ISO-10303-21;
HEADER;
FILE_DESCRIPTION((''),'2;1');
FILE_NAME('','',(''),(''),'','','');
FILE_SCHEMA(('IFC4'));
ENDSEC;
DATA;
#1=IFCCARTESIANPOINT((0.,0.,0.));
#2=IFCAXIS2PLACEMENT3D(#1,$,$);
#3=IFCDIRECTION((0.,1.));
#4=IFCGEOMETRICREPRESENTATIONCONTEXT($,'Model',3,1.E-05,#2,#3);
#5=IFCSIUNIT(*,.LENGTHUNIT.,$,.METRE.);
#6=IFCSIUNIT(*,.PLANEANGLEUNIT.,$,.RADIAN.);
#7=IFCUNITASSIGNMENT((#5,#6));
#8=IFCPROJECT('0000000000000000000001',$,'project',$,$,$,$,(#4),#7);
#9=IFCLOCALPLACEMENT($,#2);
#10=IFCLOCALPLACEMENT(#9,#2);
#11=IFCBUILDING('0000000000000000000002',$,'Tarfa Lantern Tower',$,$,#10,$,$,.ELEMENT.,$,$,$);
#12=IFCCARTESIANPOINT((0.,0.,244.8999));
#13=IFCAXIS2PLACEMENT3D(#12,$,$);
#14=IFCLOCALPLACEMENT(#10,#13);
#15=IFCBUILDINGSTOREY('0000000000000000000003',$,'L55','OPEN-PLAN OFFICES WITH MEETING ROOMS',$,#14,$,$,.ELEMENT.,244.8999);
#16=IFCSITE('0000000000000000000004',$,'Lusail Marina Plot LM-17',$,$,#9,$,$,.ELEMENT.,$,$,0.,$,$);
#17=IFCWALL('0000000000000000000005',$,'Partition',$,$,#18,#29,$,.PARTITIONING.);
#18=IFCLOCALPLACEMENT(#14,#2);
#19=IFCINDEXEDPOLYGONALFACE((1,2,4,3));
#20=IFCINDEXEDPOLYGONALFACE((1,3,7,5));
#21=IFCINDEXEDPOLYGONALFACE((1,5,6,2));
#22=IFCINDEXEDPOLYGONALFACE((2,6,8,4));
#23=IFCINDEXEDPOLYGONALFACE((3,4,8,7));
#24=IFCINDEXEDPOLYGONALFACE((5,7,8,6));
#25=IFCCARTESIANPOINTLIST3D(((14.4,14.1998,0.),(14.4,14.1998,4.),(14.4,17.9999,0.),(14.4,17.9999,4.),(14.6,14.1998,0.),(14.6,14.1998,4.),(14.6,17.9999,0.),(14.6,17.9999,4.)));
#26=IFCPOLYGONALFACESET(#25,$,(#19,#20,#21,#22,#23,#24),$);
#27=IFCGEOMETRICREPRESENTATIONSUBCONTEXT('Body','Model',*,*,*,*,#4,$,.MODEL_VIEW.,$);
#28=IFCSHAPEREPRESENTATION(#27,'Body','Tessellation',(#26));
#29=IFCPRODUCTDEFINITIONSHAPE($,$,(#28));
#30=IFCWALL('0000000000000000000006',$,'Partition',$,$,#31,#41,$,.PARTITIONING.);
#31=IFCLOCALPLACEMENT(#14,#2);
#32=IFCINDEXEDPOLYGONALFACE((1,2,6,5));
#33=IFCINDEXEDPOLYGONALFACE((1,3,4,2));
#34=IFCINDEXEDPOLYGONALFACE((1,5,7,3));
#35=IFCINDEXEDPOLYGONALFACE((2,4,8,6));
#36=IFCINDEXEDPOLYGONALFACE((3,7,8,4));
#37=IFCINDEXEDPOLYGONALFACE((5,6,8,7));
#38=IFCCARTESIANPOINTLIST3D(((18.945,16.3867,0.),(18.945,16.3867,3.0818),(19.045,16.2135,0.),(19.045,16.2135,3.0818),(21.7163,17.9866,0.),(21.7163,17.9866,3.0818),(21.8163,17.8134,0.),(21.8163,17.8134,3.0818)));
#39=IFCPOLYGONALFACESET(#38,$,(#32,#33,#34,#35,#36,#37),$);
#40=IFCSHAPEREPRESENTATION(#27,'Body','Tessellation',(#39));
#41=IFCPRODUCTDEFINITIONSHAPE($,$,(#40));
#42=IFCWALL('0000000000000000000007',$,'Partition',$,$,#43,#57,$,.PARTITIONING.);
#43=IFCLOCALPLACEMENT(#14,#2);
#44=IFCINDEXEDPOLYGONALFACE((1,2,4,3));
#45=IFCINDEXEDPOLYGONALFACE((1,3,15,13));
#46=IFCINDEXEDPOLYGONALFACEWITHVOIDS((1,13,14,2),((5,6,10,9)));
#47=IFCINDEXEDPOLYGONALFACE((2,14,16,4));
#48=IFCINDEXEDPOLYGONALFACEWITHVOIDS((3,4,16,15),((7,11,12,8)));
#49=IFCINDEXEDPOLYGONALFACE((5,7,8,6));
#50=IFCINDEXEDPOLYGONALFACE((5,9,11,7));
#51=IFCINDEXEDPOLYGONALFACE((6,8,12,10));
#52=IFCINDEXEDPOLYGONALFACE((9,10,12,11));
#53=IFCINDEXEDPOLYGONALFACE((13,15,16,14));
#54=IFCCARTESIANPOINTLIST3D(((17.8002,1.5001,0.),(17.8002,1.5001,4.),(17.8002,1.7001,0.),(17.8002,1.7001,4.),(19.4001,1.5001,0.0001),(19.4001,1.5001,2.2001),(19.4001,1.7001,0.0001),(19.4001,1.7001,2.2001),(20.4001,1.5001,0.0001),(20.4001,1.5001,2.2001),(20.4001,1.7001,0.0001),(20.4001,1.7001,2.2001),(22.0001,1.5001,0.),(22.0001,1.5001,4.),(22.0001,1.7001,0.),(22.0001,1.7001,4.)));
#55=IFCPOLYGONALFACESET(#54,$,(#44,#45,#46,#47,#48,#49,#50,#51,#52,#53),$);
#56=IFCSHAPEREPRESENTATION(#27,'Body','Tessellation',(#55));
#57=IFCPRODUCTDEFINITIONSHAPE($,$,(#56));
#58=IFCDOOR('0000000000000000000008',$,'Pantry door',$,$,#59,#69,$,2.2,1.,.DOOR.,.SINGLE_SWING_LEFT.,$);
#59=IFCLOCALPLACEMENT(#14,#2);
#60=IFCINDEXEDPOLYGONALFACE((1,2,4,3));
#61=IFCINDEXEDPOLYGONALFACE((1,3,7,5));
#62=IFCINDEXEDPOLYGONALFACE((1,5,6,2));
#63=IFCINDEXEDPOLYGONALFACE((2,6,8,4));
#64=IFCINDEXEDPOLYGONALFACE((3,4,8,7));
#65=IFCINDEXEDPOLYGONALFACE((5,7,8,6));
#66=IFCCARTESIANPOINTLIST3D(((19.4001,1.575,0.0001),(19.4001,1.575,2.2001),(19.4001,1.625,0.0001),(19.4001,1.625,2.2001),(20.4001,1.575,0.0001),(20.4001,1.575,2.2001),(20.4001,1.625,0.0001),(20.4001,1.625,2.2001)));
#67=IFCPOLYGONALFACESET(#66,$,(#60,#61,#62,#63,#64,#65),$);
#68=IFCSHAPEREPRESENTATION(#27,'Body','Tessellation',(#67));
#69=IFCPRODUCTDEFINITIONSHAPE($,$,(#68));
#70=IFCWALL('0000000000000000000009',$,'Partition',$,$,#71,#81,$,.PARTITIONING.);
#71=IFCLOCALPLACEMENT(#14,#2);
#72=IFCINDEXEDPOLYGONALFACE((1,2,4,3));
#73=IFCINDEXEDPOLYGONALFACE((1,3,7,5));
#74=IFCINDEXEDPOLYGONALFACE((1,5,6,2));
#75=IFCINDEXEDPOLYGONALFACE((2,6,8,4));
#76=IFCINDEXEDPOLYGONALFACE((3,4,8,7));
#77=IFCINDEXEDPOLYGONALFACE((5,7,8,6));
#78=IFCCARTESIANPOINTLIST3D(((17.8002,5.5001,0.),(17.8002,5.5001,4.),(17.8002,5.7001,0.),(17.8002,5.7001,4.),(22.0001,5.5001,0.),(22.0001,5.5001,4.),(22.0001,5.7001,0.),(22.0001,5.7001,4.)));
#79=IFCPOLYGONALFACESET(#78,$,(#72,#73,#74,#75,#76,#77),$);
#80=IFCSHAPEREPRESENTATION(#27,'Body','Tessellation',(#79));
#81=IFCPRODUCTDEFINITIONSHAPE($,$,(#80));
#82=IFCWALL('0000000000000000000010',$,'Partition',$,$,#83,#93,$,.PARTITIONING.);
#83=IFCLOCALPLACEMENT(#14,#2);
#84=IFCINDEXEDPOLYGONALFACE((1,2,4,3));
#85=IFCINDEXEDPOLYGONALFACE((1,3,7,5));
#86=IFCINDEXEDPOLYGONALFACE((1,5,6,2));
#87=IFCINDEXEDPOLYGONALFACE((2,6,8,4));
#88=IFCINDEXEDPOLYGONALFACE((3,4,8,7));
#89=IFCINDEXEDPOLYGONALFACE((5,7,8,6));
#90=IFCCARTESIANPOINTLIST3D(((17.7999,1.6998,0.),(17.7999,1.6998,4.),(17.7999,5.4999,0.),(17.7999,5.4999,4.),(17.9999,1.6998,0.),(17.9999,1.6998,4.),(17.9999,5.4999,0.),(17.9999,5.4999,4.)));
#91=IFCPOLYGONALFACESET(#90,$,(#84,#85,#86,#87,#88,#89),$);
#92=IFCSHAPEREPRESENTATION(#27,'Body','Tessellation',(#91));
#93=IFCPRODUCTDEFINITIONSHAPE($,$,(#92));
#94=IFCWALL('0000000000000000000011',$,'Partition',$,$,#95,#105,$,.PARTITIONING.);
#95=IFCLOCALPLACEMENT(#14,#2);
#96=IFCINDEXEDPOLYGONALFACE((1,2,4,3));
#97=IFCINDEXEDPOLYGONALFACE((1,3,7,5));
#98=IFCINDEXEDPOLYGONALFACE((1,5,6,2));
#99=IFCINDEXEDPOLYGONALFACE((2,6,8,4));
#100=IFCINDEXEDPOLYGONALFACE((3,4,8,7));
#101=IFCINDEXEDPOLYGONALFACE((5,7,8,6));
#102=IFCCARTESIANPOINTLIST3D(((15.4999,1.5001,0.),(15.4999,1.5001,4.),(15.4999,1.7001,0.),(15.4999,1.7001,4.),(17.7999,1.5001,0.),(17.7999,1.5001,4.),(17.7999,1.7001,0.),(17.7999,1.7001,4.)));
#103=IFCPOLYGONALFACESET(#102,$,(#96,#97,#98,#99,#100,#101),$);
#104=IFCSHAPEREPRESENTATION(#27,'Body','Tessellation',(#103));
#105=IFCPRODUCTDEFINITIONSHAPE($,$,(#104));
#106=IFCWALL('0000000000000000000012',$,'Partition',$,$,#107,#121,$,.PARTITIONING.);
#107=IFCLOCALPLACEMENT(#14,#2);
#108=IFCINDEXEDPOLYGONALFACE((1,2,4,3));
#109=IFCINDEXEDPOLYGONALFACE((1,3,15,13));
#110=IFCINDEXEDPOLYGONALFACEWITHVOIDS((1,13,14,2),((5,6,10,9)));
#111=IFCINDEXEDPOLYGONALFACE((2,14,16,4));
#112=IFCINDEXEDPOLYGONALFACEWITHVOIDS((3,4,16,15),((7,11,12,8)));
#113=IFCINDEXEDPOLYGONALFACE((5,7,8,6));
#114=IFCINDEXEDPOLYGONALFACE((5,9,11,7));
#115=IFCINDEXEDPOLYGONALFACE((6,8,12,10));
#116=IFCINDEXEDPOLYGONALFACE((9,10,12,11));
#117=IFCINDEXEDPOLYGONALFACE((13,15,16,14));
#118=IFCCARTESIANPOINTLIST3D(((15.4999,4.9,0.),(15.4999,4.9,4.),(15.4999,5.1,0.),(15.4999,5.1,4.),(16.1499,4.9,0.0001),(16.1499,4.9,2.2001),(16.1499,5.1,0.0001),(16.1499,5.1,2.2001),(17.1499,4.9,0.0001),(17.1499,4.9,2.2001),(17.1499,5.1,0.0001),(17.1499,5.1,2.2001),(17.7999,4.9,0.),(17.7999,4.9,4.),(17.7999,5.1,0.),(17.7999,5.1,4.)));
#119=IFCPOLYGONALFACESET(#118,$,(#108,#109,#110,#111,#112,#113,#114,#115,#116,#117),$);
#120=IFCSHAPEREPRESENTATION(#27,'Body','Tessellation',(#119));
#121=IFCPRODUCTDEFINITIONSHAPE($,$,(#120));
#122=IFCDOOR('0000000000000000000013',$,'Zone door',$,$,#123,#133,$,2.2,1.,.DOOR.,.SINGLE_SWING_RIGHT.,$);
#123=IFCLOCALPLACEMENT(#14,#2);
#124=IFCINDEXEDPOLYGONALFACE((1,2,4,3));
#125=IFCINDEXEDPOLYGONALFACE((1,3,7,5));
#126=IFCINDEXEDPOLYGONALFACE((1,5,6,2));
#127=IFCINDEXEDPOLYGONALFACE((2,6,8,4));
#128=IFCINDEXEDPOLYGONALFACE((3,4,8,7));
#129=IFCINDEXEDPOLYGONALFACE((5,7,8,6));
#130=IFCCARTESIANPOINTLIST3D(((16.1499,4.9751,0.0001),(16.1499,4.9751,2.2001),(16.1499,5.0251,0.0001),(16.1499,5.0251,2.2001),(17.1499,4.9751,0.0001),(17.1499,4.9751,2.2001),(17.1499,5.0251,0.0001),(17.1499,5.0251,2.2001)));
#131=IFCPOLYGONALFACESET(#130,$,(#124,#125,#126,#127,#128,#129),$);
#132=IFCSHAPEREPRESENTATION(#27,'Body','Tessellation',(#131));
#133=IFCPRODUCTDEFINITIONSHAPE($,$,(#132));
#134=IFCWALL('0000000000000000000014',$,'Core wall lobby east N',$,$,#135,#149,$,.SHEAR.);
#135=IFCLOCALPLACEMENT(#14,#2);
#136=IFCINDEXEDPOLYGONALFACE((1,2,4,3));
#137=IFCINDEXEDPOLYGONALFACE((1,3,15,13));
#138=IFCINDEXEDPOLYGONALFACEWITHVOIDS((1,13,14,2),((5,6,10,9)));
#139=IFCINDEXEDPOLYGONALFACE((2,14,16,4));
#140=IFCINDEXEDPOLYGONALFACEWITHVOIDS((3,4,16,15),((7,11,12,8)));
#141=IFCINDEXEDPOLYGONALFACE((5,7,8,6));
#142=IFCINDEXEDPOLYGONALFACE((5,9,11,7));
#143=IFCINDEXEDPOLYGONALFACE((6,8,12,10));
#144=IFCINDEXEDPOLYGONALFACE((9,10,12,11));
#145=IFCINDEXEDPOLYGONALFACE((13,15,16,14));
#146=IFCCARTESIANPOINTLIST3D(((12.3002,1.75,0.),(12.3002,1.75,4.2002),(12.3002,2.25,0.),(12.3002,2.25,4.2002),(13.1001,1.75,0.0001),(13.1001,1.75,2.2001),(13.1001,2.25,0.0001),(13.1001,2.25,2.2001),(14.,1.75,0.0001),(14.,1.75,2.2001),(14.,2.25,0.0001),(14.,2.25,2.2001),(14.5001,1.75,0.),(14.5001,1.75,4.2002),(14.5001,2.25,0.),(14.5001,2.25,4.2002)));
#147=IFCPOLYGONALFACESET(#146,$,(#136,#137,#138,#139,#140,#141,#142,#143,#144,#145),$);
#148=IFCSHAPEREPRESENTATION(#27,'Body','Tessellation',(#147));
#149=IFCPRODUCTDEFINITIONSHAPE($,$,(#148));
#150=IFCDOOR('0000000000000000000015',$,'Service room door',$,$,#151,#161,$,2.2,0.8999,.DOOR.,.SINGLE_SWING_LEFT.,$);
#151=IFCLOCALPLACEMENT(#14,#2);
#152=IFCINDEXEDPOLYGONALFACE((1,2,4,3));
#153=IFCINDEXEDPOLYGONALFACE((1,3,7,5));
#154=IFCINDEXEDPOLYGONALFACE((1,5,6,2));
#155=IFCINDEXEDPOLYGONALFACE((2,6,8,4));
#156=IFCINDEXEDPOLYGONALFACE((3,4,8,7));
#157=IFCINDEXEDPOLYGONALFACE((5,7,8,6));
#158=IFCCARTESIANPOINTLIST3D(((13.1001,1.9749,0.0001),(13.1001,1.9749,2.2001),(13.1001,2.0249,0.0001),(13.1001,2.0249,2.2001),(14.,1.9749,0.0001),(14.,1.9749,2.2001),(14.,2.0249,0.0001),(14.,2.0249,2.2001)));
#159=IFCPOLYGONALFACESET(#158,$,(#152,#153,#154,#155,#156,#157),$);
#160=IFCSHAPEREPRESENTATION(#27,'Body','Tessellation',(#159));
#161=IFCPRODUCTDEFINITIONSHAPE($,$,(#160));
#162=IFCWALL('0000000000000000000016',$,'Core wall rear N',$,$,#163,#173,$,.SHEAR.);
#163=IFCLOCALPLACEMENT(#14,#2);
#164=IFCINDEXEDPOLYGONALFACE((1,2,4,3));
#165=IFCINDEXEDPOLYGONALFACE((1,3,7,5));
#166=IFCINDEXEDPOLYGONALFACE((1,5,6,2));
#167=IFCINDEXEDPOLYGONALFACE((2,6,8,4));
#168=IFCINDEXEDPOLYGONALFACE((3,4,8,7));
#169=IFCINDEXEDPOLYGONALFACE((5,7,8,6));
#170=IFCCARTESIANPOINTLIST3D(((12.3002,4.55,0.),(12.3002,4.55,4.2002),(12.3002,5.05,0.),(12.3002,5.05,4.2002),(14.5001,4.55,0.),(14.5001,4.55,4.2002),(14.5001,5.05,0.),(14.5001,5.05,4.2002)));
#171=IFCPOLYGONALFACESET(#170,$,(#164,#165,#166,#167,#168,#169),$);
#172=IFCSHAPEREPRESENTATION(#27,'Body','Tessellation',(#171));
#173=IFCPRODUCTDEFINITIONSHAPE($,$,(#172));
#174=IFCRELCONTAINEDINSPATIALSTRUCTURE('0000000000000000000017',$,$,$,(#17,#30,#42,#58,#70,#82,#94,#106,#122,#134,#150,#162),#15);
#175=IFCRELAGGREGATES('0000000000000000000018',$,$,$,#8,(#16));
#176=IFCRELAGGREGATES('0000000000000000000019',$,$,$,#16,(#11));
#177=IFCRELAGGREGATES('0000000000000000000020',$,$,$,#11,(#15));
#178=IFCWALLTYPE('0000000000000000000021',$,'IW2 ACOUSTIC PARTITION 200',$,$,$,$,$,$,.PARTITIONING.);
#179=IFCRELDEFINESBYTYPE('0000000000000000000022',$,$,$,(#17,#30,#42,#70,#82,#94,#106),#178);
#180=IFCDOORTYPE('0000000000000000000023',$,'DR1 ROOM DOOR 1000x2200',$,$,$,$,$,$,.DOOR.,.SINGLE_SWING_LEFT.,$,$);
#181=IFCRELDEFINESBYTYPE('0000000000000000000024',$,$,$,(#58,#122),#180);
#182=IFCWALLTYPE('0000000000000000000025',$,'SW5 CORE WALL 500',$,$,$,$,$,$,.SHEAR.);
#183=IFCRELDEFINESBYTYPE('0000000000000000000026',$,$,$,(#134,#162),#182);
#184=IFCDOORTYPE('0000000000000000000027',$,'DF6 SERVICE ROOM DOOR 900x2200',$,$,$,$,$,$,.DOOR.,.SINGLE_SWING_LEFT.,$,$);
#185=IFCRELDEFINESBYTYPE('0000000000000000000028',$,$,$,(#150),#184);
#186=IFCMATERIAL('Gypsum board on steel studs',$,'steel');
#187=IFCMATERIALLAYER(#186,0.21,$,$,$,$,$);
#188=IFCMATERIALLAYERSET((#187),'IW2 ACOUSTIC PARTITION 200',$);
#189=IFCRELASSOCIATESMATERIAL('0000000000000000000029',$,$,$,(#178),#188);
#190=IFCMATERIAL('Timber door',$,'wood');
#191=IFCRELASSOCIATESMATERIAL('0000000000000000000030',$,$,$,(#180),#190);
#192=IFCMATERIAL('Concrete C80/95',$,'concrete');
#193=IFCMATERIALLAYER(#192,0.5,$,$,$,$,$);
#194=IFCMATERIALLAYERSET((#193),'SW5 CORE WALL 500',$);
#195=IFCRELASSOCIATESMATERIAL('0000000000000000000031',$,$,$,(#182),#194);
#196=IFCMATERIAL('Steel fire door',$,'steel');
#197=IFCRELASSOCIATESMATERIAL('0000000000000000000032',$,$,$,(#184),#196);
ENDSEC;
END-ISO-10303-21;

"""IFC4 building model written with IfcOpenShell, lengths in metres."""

from ifc_helpers import new_model, si_unit, direction, frame, frame_2d, origin, place, context, subcontext, project, spatial, rectangle, extrude, material, layer, layer_set, type_object, element, fill, save


model = new_model("IFC4")

# Units and contexts
model_context = context("Model", 3, precision=1e-05, world=origin(), true_north=direction((0.0, 1.0)))
body_context = subcontext(model_context, "Body", "Model", "MODEL_VIEW")
ifc_project = project(units=[si_unit("LENGTHUNIT", "METRE"), si_unit("PLANEANGLEUNIT", "RADIAN")], contexts=[model_context])

# Site, building, storey
site_placement = place(None, origin())
site = spatial("IfcSite", under=ifc_project, at=site_placement, Name="Lusail Marina Plot LM-17", CompositionType="ELEMENT", RefElevation=0.0)
building_placement = place(site_placement, origin())
building = spatial("IfcBuilding", under=site, at=building_placement, Name="Tarfa Lantern Tower", CompositionType="ELEMENT")
storey_placement = place(building_placement, frame((0.0, 0.0, 244.8999)))
storey = spatial("IfcBuildingStorey", under=building, at=storey_placement, Name="L55", Description="OPEN-PLAN OFFICES WITH MEETING ROOMS", CompositionType="ELEMENT", Elevation=244.8999)

# Shared definitions
ifc_material_1 = material(Name="Concrete C80/95", Category="concrete")

# Walls
ifc_material_2 = material(Name="Gypsum board on steel studs", Category="steel")
ifc_layer_1 = layer(ifc_material_2, 0.21)
ifc_layer_set_1 = layer_set([ifc_layer_1], Name="IW2 ACOUSTIC PARTITION 200")
wall_type_1 = type_object("IfcWallType", Name="IW2 ACOUSTIC PARTITION 200", PredefinedType="PARTITIONING", material=ifc_layer_set_1)
wall_1_placement = place(storey_placement, frame((14.5, 14.2, 0.0), z_axis=(0.0, 0.0, 1.0), x_axis=(0.0, 1.0, 0.0)))
element("IfcWall", 1, at=wall_1_placement, inside=storey, type_object=wall_type_1, Name="Partition", PredefinedType="PARTITIONING", context=body_context, shape_type="SweptSolid", body=[
    extrude(rectangle(XDim=3.8, YDim=0.2, at=frame_2d((1.8999, 0.0))), origin(), (0.0, 0.0, 1.0), 4.0),
])
wall_2_placement = place(storey_placement, frame((18.9949, 16.3, 0.0), z_axis=(0.0, 0.0, 1.0), x_axis=(0.866042, 0.499971, 0.0)))
element("IfcWall", 2, at=wall_2_placement, inside=storey, type_object=wall_type_1, Name="Partition", PredefinedType="PARTITIONING", context=body_context, shape_type="SweptSolid", body=[
    extrude(rectangle(XDim=3.2, YDim=0.2, at=frame_2d((1.6001, 0.0))), origin(), (0.0, 0.0, 1.0), 3.0818),
])

# Wall, opening, door
wall_3_placement = place(storey_placement, frame((17.8, 1.6001, 0.0), z_axis=(0.0, 0.0, 1.0), x_axis=(1.0, 0.0, 0.0)))
wall_3 = element("IfcWall", 3, at=wall_3_placement, inside=storey, type_object=wall_type_1, Name="Partition", PredefinedType="PARTITIONING", context=body_context, shape_type="SweptSolid", body=[
    extrude(rectangle(XDim=4.2, YDim=0.2, at=frame_2d((2.1001, 0.0))), origin(), (0.0, 0.0, 1.0), 4.0),
])
opening_1_placement = place(wall_3_placement, frame((1.6001, 0.0, 0.0)))
opening_1 = element("IfcOpeningElement", 4, at=opening_1_placement, cuts=wall_3, PredefinedType="OPENING", context=body_context, shape_type="SweptSolid", body=[
    extrude(rectangle(XDim=1.0, YDim=2.2, at=frame_2d((0.5, 1.1001))), frame((0.0, 0.1099, 0.0), z_axis=(0.0, -1.0, 0.0), x_axis=(1.0, 0.0, 0.0)), (0.0, 0.0, 1.0), 0.22),
])
ifc_material_3 = material(Name="Timber door", Category="wood")
door_type_1 = type_object("IfcDoorType", Name="DR1 ROOM DOOR 1000x2200", OperationType="SINGLE_SWING_LEFT", PredefinedType="DOOR", material=ifc_material_3)
door_1_placement = place(opening_1_placement, origin())
door_1 = element("IfcDoor", 5, at=door_1_placement, inside=storey, type_object=door_type_1, Name="Pantry door", OperationType="SINGLE_SWING_LEFT", OverallHeight=2.2, OverallWidth=1.0, PredefinedType="DOOR", context=body_context, shape_type="SweptSolid", body=[
    extrude(rectangle(XDim=1.0, YDim=2.2, at=frame_2d((0.5, 1.1001))), frame((0.0, 0.0249, 0.0), z_axis=(0.0, -1.0, 0.0), x_axis=(1.0, 0.0, 0.0)), (0.0, 0.0, 1.0), 0.05),
])
fill(opening_1, door_1)

# Walls
wall_4_placement = place(storey_placement, frame((17.8, 5.6001, 0.0), z_axis=(0.0, 0.0, 1.0), x_axis=(1.0, 0.0, 0.0)))
element("IfcWall", 6, at=wall_4_placement, inside=storey, type_object=wall_type_1, Name="Partition", PredefinedType="PARTITIONING", context=body_context, shape_type="SweptSolid", body=[
    extrude(rectangle(XDim=4.2, YDim=0.2, at=frame_2d((2.1001, 0.0))), origin(), (0.0, 0.0, 1.0), 4.0),
])
wall_5_placement = place(storey_placement, frame((17.8999, 1.7, 0.0), z_axis=(0.0, 0.0, 1.0), x_axis=(0.0, 1.0, 0.0)))
element("IfcWall", 7, at=wall_5_placement, inside=storey, type_object=wall_type_1, Name="Partition", PredefinedType="PARTITIONING", context=body_context, shape_type="SweptSolid", body=[
    extrude(rectangle(XDim=3.8, YDim=0.2, at=frame_2d((1.8999, 0.0))), origin(), (0.0, 0.0, 1.0), 4.0),
])
wall_6_placement = place(storey_placement, frame((15.5, 1.6001, 0.0), z_axis=(0.0, 0.0, 1.0), x_axis=(1.0, 0.0, 0.0)))
element("IfcWall", 8, at=wall_6_placement, inside=storey, type_object=wall_type_1, Name="Partition", PredefinedType="PARTITIONING", context=body_context, shape_type="SweptSolid", body=[
    extrude(rectangle(XDim=2.3, YDim=0.2, at=frame_2d((1.1499, 0.0))), origin(), (0.0, 0.0, 1.0), 4.0),
])

# Walls, openings, doors
wall_7_placement = place(storey_placement, frame((15.5, 5.0, 0.0), z_axis=(0.0, 0.0, 1.0), x_axis=(1.0, 0.0, 0.0)))
wall_7 = element("IfcWall", 9, at=wall_7_placement, inside=storey, type_object=wall_type_1, Name="Partition", PredefinedType="PARTITIONING", context=body_context, shape_type="SweptSolid", body=[
    extrude(rectangle(XDim=2.3, YDim=0.2, at=frame_2d((1.1499, 0.0))), origin(), (0.0, 0.0, 1.0), 4.0),
])
opening_2_placement = place(wall_7_placement, frame((0.6499, 0.0, 0.0)))
opening_2 = element("IfcOpeningElement", 10, at=opening_2_placement, cuts=wall_7, PredefinedType="OPENING", context=body_context, shape_type="SweptSolid", body=[
    extrude(rectangle(XDim=1.0, YDim=2.2, at=frame_2d((0.5, 1.1001))), frame((0.0, 0.1099, 0.0), z_axis=(0.0, -1.0, 0.0), x_axis=(1.0, 0.0, 0.0)), (0.0, 0.0, 1.0), 0.22),
])
door_2_placement = place(opening_2_placement, frame((1.0, 0.0, 0.0), z_axis=(0.0, 0.0, 1.0), x_axis=(-1.0, 0.0, 0.0)))
door_2 = element("IfcDoor", 11, at=door_2_placement, inside=storey, type_object=door_type_1, Name="Zone door", OperationType="SINGLE_SWING_RIGHT", OverallHeight=2.2, OverallWidth=1.0, PredefinedType="DOOR", context=body_context, shape_type="SweptSolid", body=[
    extrude(rectangle(XDim=1.0, YDim=2.2, at=frame_2d((0.5, 1.1001))), frame((0.0, 0.0249, 0.0), z_axis=(0.0, -1.0, 0.0), x_axis=(1.0, 0.0, 0.0)), (0.0, 0.0, 1.0), 0.05),
])
fill(opening_2, door_2)
ifc_layer_2 = layer(ifc_material_1, 0.5)
ifc_layer_set_2 = layer_set([ifc_layer_2], Name="SW5 CORE WALL 500")
wall_type_2 = type_object("IfcWallType", Name="SW5 CORE WALL 500", PredefinedType="SHEAR", material=ifc_layer_set_2)
wall_8_placement = place(storey_placement, frame((12.3, 2.0, 0.0), z_axis=(0.0, 0.0, 1.0), x_axis=(1.0, 0.0, 0.0)))
wall_8 = element("IfcWall", 12, at=wall_8_placement, inside=storey, type_object=wall_type_2, Name="Core wall lobby east N", PredefinedType="SHEAR", context=body_context, shape_type="SweptSolid", body=[
    extrude(rectangle(XDim=2.2, YDim=0.5, at=frame_2d((1.1001, 0.0))), origin(), (0.0, 0.0, 1.0), 4.2002),
])
opening_3_placement = place(wall_8_placement, frame((0.8, 0.0, 0.0)))
opening_3 = element("IfcOpeningElement", 13, at=opening_3_placement, cuts=wall_8, PredefinedType="OPENING", context=body_context, shape_type="SweptSolid", body=[
    extrude(rectangle(XDim=0.8999, YDim=2.2, at=frame_2d((0.45, 1.1001))), frame((0.0, 0.26, 0.0), z_axis=(0.0, -1.0, 0.0), x_axis=(1.0, 0.0, 0.0)), (0.0, 0.0, 1.0), 0.52),
])
ifc_material_4 = material(Name="Steel fire door", Category="steel")
door_type_2 = type_object("IfcDoorType", Name="DF6 SERVICE ROOM DOOR 900x2200", OperationType="SINGLE_SWING_LEFT", PredefinedType="DOOR", material=ifc_material_4)
door_3_placement = place(opening_3_placement, origin())
door_3 = element("IfcDoor", 14, at=door_3_placement, inside=storey, type_object=door_type_2, Name="Service room door", OperationType="SINGLE_SWING_LEFT", OverallHeight=2.2, OverallWidth=0.8999, PredefinedType="DOOR", context=body_context, shape_type="SweptSolid", body=[
    extrude(rectangle(XDim=0.8999, YDim=2.2, at=frame_2d((0.45, 1.1001))), frame((0.0, 0.0249, 0.0), z_axis=(0.0, -1.0, 0.0), x_axis=(1.0, 0.0, 0.0)), (0.0, 0.0, 1.0), 0.05),
])
fill(opening_3, door_3)

# Wall
wall_9_placement = place(storey_placement, frame((12.3, 4.8, 0.0), z_axis=(0.0, 0.0, 1.0), x_axis=(1.0, 0.0, 0.0)))
element("IfcWall", 15, at=wall_9_placement, inside=storey, type_object=wall_type_2, Name="Core wall rear N", PredefinedType="SHEAR", context=body_context, shape_type="SweptSolid", body=[
    extrude(rectangle(XDim=2.2, YDim=0.5, at=frame_2d((1.1001, 0.0))), origin(), (0.0, 0.0, 1.0), 4.2002),
])

save(model, "model.ifc")
